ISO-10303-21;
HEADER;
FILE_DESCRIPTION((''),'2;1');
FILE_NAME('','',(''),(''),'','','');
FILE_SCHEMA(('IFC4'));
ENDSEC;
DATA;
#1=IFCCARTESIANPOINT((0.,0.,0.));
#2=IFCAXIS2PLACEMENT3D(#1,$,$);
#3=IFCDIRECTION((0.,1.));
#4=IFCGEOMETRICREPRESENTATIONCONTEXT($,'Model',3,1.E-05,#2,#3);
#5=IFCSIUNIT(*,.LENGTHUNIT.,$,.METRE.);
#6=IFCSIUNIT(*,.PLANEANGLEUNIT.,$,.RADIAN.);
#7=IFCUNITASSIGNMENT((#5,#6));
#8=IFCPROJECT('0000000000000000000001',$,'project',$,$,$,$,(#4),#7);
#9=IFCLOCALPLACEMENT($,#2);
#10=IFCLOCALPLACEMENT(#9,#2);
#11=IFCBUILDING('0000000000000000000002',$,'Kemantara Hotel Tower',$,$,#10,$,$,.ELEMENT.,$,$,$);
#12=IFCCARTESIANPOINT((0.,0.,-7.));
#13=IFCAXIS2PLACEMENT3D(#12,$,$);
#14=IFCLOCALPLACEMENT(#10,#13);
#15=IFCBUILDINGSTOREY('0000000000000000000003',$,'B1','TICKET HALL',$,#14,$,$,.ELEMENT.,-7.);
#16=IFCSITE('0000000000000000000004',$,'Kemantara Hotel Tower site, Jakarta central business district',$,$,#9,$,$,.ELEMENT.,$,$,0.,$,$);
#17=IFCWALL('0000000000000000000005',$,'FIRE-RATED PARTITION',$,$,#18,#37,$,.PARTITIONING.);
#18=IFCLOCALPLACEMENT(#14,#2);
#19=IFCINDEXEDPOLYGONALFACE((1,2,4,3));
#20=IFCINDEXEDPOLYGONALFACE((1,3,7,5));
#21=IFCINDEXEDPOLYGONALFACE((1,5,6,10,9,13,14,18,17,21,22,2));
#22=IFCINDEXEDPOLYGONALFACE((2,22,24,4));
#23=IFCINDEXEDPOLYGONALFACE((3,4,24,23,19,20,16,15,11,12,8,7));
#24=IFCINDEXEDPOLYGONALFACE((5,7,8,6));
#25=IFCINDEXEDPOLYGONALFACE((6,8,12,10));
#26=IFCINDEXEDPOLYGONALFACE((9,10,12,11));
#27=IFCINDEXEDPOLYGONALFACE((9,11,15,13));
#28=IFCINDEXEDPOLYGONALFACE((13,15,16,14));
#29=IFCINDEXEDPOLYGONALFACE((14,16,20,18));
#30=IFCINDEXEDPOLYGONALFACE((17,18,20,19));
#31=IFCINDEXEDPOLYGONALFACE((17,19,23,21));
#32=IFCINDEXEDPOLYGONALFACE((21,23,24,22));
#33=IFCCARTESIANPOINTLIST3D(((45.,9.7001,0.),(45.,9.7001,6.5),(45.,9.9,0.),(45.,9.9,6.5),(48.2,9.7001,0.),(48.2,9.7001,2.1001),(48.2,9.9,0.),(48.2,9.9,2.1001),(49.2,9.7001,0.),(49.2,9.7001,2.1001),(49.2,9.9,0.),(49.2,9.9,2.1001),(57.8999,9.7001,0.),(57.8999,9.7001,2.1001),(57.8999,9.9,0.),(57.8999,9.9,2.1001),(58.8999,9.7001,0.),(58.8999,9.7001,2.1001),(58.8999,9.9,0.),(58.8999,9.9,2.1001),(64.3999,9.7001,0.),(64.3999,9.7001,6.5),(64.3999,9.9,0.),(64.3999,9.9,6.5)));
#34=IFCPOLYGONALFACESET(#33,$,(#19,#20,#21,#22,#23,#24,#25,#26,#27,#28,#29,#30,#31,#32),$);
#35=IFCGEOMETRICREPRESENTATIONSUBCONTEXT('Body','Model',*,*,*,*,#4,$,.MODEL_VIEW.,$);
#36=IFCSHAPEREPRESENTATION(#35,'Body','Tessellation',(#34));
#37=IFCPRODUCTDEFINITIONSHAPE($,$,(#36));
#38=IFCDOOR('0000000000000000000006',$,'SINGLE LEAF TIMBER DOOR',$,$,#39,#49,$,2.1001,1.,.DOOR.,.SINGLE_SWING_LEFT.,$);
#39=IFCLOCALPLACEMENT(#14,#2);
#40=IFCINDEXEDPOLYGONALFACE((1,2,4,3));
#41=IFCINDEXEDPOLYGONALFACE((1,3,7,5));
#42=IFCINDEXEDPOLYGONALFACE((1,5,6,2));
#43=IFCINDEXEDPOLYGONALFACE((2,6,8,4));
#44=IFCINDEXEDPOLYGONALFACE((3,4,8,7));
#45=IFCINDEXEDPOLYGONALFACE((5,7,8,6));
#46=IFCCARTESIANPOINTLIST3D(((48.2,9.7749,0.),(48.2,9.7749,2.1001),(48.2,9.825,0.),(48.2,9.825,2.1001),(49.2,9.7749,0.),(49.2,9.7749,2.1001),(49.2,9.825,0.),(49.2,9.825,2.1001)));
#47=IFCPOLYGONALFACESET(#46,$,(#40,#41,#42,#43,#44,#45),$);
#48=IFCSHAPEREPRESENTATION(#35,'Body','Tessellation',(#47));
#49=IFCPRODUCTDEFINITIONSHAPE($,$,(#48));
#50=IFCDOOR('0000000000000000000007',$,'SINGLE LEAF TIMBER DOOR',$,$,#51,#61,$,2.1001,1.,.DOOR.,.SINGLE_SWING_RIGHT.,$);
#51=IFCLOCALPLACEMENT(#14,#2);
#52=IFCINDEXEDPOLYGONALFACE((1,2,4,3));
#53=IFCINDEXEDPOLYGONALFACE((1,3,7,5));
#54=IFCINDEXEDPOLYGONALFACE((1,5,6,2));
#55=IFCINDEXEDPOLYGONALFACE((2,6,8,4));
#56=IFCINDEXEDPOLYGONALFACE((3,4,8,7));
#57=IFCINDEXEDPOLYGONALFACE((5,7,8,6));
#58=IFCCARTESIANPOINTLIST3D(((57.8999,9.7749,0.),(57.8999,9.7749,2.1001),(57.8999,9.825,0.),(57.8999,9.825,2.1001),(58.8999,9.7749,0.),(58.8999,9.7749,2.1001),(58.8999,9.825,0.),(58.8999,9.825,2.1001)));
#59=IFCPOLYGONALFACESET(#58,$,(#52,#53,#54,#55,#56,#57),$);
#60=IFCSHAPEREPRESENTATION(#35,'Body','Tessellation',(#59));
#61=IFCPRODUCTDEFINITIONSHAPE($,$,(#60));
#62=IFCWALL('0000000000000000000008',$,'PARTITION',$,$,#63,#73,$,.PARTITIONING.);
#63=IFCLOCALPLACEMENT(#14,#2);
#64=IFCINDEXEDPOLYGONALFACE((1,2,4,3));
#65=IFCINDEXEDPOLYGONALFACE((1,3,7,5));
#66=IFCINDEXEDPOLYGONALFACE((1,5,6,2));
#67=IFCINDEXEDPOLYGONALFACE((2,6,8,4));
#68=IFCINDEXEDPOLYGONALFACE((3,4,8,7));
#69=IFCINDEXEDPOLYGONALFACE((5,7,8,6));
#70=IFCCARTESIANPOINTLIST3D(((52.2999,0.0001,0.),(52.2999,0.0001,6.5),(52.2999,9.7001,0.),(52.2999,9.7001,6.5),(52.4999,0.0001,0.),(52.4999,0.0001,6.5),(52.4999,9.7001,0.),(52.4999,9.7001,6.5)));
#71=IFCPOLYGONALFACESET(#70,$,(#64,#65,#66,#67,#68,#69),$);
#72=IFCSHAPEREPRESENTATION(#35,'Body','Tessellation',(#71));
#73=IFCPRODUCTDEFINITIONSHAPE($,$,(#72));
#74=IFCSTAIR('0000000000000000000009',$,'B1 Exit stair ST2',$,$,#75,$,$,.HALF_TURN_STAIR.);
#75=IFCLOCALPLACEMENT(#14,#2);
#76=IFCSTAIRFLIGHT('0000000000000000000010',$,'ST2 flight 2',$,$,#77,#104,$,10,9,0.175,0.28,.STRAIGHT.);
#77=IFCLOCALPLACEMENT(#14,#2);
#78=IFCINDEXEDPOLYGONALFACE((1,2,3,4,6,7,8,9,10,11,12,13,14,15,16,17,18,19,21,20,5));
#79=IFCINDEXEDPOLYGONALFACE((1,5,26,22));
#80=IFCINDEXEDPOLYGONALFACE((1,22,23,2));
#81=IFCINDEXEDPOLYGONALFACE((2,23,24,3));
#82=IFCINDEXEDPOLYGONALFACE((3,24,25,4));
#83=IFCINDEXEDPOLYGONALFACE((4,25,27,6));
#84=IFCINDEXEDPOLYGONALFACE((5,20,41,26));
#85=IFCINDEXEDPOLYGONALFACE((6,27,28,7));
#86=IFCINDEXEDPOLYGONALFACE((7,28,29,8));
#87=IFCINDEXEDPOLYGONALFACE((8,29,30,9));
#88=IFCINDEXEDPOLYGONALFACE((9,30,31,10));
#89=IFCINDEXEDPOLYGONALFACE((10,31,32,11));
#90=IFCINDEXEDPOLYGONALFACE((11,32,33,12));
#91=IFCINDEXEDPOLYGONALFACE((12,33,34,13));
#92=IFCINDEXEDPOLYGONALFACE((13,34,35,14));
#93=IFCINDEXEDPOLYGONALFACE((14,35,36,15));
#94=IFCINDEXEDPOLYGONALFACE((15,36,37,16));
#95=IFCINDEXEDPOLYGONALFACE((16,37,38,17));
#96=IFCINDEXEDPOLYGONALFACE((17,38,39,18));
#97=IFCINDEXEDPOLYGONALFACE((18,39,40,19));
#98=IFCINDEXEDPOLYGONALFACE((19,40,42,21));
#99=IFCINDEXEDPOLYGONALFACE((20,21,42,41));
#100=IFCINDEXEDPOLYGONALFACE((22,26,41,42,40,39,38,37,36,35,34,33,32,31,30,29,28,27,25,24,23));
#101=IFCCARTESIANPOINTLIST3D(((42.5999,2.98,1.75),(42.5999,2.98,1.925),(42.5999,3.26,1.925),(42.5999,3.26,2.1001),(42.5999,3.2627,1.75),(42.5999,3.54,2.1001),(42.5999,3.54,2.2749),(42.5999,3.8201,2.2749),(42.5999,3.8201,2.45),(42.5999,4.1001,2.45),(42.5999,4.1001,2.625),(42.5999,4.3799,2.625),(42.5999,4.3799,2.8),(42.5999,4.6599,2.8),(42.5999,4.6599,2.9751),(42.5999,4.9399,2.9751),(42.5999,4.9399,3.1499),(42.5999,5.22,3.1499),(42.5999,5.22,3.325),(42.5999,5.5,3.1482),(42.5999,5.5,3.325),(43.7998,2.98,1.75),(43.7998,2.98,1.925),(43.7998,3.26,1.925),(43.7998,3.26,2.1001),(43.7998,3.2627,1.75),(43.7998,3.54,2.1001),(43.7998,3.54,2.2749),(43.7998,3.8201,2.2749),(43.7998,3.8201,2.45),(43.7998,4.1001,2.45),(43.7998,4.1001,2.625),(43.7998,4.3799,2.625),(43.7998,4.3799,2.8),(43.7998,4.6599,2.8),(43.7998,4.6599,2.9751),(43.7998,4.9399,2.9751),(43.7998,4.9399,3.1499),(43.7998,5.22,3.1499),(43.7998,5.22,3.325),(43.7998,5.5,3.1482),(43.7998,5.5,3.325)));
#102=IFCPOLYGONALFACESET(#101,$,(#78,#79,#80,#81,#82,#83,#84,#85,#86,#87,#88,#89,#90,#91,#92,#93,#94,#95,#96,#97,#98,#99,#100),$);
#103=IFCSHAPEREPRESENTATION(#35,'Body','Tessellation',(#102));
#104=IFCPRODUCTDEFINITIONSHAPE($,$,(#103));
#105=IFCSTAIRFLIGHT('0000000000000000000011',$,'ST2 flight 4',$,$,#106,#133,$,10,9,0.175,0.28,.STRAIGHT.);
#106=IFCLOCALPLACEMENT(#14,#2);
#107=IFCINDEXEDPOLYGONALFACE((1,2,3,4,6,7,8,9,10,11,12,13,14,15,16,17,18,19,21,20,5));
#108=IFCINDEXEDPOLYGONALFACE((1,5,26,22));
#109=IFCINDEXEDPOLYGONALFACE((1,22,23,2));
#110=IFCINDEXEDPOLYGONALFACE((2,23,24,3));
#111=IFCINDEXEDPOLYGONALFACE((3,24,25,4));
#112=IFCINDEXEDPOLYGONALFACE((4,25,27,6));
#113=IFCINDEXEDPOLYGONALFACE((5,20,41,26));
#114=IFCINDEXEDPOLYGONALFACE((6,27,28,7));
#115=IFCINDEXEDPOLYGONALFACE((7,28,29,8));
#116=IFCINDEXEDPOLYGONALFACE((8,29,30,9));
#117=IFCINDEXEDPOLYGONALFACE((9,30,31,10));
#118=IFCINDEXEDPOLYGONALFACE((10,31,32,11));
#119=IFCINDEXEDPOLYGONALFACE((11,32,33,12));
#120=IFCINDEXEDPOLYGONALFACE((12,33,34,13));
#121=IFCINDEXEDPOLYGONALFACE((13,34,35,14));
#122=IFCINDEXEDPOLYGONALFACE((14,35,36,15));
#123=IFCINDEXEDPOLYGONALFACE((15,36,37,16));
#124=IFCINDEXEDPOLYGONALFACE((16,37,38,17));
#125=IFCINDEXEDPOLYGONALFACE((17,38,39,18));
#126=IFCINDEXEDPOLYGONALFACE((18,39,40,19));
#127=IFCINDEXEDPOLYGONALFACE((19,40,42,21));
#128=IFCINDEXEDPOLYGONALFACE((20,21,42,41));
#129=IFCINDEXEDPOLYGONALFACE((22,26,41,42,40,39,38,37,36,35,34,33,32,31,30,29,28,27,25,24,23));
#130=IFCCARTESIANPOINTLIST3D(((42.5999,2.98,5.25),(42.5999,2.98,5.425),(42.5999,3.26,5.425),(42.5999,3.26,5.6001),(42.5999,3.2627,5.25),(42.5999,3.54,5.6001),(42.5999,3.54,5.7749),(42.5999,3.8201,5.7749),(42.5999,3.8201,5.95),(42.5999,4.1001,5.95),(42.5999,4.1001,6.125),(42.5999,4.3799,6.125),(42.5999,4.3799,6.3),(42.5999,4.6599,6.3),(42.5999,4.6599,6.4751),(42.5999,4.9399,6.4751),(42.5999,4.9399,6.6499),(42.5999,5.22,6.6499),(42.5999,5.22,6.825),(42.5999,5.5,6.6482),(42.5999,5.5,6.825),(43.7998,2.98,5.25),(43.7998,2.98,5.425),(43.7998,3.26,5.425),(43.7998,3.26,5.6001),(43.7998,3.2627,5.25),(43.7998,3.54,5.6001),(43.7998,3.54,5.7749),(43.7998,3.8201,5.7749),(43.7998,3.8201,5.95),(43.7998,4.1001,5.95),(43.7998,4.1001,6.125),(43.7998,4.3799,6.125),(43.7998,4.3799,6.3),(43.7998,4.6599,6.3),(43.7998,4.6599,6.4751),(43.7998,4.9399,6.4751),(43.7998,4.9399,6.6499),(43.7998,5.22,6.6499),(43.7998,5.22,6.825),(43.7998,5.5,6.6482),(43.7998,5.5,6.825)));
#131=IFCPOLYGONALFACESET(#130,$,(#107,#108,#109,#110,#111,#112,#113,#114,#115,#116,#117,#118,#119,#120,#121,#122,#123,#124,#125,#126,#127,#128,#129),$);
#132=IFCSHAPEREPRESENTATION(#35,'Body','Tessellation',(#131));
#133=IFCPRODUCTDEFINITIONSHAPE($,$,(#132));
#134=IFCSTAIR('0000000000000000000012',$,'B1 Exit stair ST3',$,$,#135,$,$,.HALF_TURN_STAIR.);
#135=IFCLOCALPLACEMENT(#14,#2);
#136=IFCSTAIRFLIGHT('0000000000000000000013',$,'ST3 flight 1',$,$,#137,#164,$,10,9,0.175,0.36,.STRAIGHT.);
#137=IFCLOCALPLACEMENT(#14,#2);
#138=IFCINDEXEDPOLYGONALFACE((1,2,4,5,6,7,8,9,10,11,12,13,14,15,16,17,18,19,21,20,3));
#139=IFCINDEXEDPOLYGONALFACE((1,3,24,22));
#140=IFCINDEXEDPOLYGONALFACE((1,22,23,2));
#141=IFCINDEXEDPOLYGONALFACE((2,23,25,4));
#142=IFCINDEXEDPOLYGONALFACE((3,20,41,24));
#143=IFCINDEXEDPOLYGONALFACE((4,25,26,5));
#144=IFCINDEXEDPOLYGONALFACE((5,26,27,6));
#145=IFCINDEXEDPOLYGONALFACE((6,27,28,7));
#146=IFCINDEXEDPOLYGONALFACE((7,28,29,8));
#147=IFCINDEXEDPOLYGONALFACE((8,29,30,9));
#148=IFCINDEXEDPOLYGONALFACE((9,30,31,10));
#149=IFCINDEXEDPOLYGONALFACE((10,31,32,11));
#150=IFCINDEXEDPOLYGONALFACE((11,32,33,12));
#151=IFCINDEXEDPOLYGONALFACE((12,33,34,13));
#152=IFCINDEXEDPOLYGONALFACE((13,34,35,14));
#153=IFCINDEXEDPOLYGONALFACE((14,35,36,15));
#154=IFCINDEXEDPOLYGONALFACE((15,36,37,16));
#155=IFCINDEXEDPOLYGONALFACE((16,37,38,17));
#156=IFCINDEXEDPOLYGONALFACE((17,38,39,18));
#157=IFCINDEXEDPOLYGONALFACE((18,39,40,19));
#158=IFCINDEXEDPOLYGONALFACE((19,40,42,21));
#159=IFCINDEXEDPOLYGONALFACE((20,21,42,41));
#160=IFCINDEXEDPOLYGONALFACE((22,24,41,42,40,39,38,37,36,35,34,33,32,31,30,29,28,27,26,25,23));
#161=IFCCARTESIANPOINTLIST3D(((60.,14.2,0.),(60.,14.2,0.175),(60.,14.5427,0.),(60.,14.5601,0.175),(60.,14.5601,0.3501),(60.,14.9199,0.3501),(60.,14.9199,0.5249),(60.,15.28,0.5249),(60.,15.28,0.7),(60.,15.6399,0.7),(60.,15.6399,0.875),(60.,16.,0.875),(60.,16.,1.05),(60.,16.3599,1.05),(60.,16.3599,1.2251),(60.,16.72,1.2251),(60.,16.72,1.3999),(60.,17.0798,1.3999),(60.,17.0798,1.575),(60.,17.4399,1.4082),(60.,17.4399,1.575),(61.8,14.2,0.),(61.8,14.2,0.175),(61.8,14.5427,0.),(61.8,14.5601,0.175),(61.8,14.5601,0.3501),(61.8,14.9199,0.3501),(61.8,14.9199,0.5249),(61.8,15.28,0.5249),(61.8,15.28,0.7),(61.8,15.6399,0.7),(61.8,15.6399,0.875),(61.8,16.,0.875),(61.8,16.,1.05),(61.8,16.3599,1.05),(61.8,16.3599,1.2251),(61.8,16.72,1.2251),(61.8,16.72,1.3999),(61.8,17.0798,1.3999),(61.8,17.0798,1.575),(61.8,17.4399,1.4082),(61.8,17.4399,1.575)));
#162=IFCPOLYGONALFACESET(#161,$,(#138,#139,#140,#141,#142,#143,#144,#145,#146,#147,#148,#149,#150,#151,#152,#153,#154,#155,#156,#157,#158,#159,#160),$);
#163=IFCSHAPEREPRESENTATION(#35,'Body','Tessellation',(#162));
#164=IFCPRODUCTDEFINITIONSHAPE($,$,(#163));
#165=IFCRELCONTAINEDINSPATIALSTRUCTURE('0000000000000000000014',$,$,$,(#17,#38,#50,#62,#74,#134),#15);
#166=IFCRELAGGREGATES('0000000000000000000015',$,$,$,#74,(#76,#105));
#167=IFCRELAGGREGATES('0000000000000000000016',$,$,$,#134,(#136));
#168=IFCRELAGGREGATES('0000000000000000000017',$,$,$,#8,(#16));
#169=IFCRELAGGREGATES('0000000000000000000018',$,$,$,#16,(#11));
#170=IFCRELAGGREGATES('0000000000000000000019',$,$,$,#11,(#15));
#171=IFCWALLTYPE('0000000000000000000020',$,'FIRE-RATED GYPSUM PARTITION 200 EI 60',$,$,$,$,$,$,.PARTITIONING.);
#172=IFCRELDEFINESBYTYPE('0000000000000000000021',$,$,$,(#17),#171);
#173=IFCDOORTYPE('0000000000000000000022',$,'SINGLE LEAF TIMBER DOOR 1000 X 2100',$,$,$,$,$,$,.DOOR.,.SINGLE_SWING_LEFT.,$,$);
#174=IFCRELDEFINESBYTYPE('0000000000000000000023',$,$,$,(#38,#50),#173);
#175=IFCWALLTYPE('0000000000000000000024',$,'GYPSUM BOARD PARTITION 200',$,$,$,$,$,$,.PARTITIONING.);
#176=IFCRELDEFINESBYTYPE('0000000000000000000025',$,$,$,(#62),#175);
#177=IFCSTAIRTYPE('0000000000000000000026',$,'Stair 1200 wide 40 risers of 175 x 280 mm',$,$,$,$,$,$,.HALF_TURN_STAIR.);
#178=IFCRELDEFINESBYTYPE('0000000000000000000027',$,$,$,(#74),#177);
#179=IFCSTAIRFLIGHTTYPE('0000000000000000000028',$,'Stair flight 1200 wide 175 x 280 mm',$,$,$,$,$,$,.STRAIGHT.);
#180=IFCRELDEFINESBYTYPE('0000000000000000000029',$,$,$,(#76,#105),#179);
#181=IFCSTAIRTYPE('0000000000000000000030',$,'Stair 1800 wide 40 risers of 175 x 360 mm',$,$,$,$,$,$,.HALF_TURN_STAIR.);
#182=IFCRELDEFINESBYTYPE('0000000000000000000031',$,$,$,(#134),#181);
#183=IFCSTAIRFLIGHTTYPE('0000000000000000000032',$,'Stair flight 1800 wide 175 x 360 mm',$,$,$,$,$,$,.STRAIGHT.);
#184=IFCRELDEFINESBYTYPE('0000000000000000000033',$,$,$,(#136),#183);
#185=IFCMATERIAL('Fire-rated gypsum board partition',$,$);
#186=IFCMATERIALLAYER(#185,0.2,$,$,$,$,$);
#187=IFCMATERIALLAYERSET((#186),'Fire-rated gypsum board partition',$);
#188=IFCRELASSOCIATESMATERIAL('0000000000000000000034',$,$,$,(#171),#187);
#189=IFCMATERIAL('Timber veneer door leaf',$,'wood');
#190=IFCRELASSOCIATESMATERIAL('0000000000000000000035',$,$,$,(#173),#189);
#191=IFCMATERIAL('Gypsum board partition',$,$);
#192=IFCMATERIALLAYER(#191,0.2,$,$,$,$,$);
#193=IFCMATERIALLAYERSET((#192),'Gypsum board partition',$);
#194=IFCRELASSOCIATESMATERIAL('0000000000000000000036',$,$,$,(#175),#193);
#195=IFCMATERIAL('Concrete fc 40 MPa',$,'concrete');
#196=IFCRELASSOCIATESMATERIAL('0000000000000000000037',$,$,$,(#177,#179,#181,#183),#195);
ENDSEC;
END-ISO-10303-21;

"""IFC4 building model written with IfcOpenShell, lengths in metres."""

from ifc_helpers import new_model, si_unit, direction, frame, frame_2d, origin, place, context, subcontext, project, spatial, polyline, rectangle, outline, extrude, material, layer, layer_set, type_object, element, fill, aggregate, save


model = new_model("IFC4")

# Units and contexts
model_context = context("Model", 3, precision=1e-05, world=origin(), true_north=direction((0.0, 1.0)))
body_context = subcontext(model_context, "Body", "Model", "MODEL_VIEW")
ifc_project = project(units=[si_unit("LENGTHUNIT", "METRE"), si_unit("PLANEANGLEUNIT", "RADIAN")], contexts=[model_context])

# Site, building, storey
site_placement = place(None, origin())
site = spatial("IfcSite", under=ifc_project, at=site_placement, Name="Kemantara Hotel Tower site, Jakarta central business district", CompositionType="ELEMENT", RefElevation=0.0)
building_placement = place(site_placement, origin())
building = spatial("IfcBuilding", under=site, at=building_placement, Name="Kemantara Hotel Tower", CompositionType="ELEMENT")
storey_placement = place(building_placement, frame((0.0, 0.0, -7.0)))
storey = spatial("IfcBuildingStorey", under=building, at=storey_placement, Name="B1", Description="TICKET HALL", CompositionType="ELEMENT", Elevation=-7.0)

# Shared definitions
ifc_material_1 = material(Name="Concrete fc 40 MPa", Category="concrete")

# Shared definitions
ifc_material_2 = material(Name="Fire-rated gypsum board partition")
ifc_layer_1 = layer(ifc_material_2, 0.2)
ifc_layer_set_1 = layer_set([ifc_layer_1], Name="Fire-rated gypsum board partition")
wall_type_1 = type_object("IfcWallType", Name="FIRE-RATED GYPSUM PARTITION 200 EI 60", PredefinedType="PARTITIONING", material=ifc_layer_set_1)

# Wall, openings, doors
wall_1_placement = place(storey_placement, frame((45.0, 9.8, 0.0), z_axis=(0.0, 0.0, 1.0), x_axis=(1.0, 0.0, 0.0)))
wall_1 = element("IfcWall", 1, at=wall_1_placement, inside=storey, type_object=wall_type_1, Name="FIRE-RATED PARTITION", PredefinedType="PARTITIONING", context=body_context, shape_type="SweptSolid", body=[
    extrude(rectangle(XDim=19.3999, YDim=0.2, at=frame_2d((9.7, 0.0))), origin(), (0.0, 0.0, 1.0), 6.5),
])
opening_1_placement = place(wall_1_placement, frame((3.2, 0.0, 0.0)))
opening_1 = element("IfcOpeningElement", 2, at=opening_1_placement, cuts=wall_1, PredefinedType="OPENING", context=body_context, shape_type="SweptSolid", body=[
    extrude(rectangle(XDim=1.0, YDim=2.1001, at=frame_2d((0.5, 1.05))), frame((0.0, 0.1099, 0.0), z_axis=(0.0, -1.0, 0.0), x_axis=(1.0, 0.0, 0.0)), (0.0, 0.0, 1.0), 0.22),
])
opening_2_placement = place(wall_1_placement, frame((12.8999, 0.0, 0.0)))
opening_2 = element("IfcOpeningElement", 3, at=opening_2_placement, cuts=wall_1, PredefinedType="OPENING", context=body_context, shape_type="SweptSolid", body=[
    extrude(rectangle(XDim=1.0, YDim=2.1001, at=frame_2d((0.5, 1.05))), frame((0.0, 0.1099, 0.0), z_axis=(0.0, -1.0, 0.0), x_axis=(1.0, 0.0, 0.0)), (0.0, 0.0, 1.0), 0.22),
])
ifc_material_3 = material(Name="Timber veneer door leaf", Category="wood")
door_type_1 = type_object("IfcDoorType", Name="SINGLE LEAF TIMBER DOOR 1000 X 2100", OperationType="SINGLE_SWING_LEFT", PredefinedType="DOOR", material=ifc_material_3)
door_1_placement = place(opening_1_placement, origin())
door_1 = element("IfcDoor", 4, at=door_1_placement, inside=storey, type_object=door_type_1, Name="SINGLE LEAF TIMBER DOOR", OperationType="SINGLE_SWING_LEFT", OverallHeight=2.1001, OverallWidth=1.0, PredefinedType="DOOR", context=body_context, shape_type="SweptSolid", body=[
    extrude(rectangle(XDim=1.0, YDim=2.1001, at=frame_2d((0.5, 1.05))), frame((0.0, 0.0249, 0.0), z_axis=(0.0, -1.0, 0.0), x_axis=(1.0, 0.0, 0.0)), (0.0, 0.0, 1.0), 0.05),
])
fill(opening_1, door_1)
door_2_placement = place(opening_2_placement, origin())
door_2 = element("IfcDoor", 5, at=door_2_placement, inside=storey, type_object=door_type_1, Name="SINGLE LEAF TIMBER DOOR", OperationType="SINGLE_SWING_RIGHT", OverallHeight=2.1001, OverallWidth=1.0, PredefinedType="DOOR", context=body_context, shape_type="SweptSolid", body=[
    extrude(rectangle(XDim=1.0, YDim=2.1001, at=frame_2d((0.5, 1.05))), frame((0.0, 0.0249, 0.0), z_axis=(0.0, -1.0, 0.0), x_axis=(1.0, 0.0, 0.0)), (0.0, 0.0, 1.0), 0.05),
])
fill(opening_2, door_2)

# Wall
ifc_material_4 = material(Name="Gypsum board partition")
ifc_layer_2 = layer(ifc_material_4, 0.2)
ifc_layer_set_2 = layer_set([ifc_layer_2], Name="Gypsum board partition")
wall_type_2 = type_object("IfcWallType", Name="GYPSUM BOARD PARTITION 200", PredefinedType="PARTITIONING", material=ifc_layer_set_2)
wall_2_placement = place(storey_placement, frame((52.3999, 0.0, 0.0), z_axis=(0.0, 0.0, 1.0), x_axis=(0.0, 1.0, 0.0)))
element("IfcWall", 6, at=wall_2_placement, inside=storey, type_object=wall_type_2, Name="PARTITION", PredefinedType="PARTITIONING", context=body_context, shape_type="SweptSolid", body=[
    extrude(rectangle(XDim=9.7, YDim=0.2, at=frame_2d((4.8501, 0.0))), origin(), (0.0, 0.0, 1.0), 6.5),
])

# Stairs, stair flights
stair_type_1 = type_object("IfcStairType", Name="Stair 1200 wide 40 risers of 175 x 280 mm", PredefinedType="HALF_TURN_STAIR", material=ifc_material_1)
stair_1_placement = place(storey_placement, origin())
stair_1 = element("IfcStair", 7, at=stair_1_placement, inside=storey, type_object=stair_type_1, Name="B1 Exit stair ST2", PredefinedType="HALF_TURN_STAIR")
stair_flight_type_1 = type_object("IfcStairFlightType", Name="Stair flight 1200 wide 175 x 280 mm", PredefinedType="STRAIGHT", material=ifc_material_1)
stair_flight_1_placement = place(storey_placement, frame((43.2, 2.98, 1.75), z_axis=(0.0, 0.0, 1.0), x_axis=(0.0, 1.0, 0.0)))
stair_flight_1 = element("IfcStairFlight", 8, at=stair_flight_1_placement, type_object=stair_flight_type_1, Name="ST2 flight 2", NumberOfRisers=10, NumberOfTreads=9, PredefinedType="STRAIGHT", RiserHeight=0.175, TreadLength=0.28, context=body_context, shape_type="SweptSolid", body=[
    extrude(outline(polyline([(0.0, 0.0), (0.0, 0.175), (0.28, 0.175), (0.28, 0.3501), (0.5601, 0.3501), (0.5601, 0.5249), (0.8401, 0.5249), (0.8401, 0.7), (1.1201, 0.7), (1.1201, 0.875), (1.3999, 0.875), (1.3999, 1.05), (1.6799, 1.05), (1.6799, 1.2251), (1.96, 1.2251), (1.96, 1.3999), (2.24, 1.3999), (2.24, 1.575), (2.52, 1.575), (2.52, 1.75), (2.52, 1.3982), (0.2827, 0.0), (0.0, 0.0)])), frame((0.0, 0.6001, 0.0), z_axis=(0.0, -1.0, 0.0), x_axis=(1.0, 0.0, 0.0)), (0.0, 0.0, 1.0), 1.2),
])
stair_flight_2_placement = place(storey_placement, frame((43.2, 2.98, 5.25), z_axis=(0.0, 0.0, 1.0), x_axis=(0.0, 1.0, 0.0)))
stair_flight_2 = element("IfcStairFlight", 9, at=stair_flight_2_placement, type_object=stair_flight_type_1, Name="ST2 flight 4", NumberOfRisers=10, NumberOfTreads=9, PredefinedType="STRAIGHT", RiserHeight=0.175, TreadLength=0.28, context=body_context, shape_type="SweptSolid", body=[
    extrude(outline(polyline([(0.0, 0.0), (0.0, 0.175), (0.28, 0.175), (0.28, 0.3501), (0.5601, 0.3501), (0.5601, 0.5249), (0.8401, 0.5249), (0.8401, 0.7), (1.1201, 0.7), (1.1201, 0.875), (1.3999, 0.875), (1.3999, 1.05), (1.6799, 1.05), (1.6799, 1.2251), (1.96, 1.2251), (1.96, 1.3999), (2.24, 1.3999), (2.24, 1.575), (2.52, 1.575), (2.52, 1.75), (2.52, 1.3982), (0.2827, 0.0), (0.0, 0.0)])), frame((0.0, 0.6001, 0.0), z_axis=(0.0, -1.0, 0.0), x_axis=(1.0, 0.0, 0.0)), (0.0, 0.0, 1.0), 1.2),
])
aggregate(stair_1, [stair_flight_1, stair_flight_2])
stair_type_2 = type_object("IfcStairType", Name="Stair 1800 wide 40 risers of 175 x 360 mm", PredefinedType="HALF_TURN_STAIR", material=ifc_material_1)
stair_2_placement = place(storey_placement, origin())
stair_2 = element("IfcStair", 10, at=stair_2_placement, inside=storey, type_object=stair_type_2, Name="B1 Exit stair ST3", PredefinedType="HALF_TURN_STAIR")
stair_flight_type_2 = type_object("IfcStairFlightType", Name="Stair flight 1800 wide 175 x 360 mm", PredefinedType="STRAIGHT", material=ifc_material_1)
stair_flight_3_placement = place(storey_placement, frame((60.8999, 14.2, 0.0), z_axis=(0.0, 0.0, 1.0), x_axis=(0.0, 1.0, 0.0)))
stair_flight_3 = element("IfcStairFlight", 11, at=stair_flight_3_placement, type_object=stair_flight_type_2, Name="ST3 flight 1", NumberOfRisers=10, NumberOfTreads=9, PredefinedType="STRAIGHT", RiserHeight=0.175, TreadLength=0.36, context=body_context, shape_type="SweptSolid", body=[
    extrude(outline(polyline([(0.0, 0.0), (0.0, 0.175), (0.3601, 0.175), (0.3601, 0.3501), (0.72, 0.3501), (0.72, 0.5249), (1.0801, 0.5249), (1.0801, 0.7), (1.4399, 0.7), (1.4399, 0.875), (1.8, 0.875), (1.8, 1.05), (2.1599, 1.05), (2.1599, 1.2251), (2.52, 1.2251), (2.52, 1.3999), (2.8799, 1.3999), (2.8799, 1.575), (3.24, 1.575), (3.24, 1.75), (3.24, 1.4082), (0.3428, 0.0), (0.0, 0.0)])), frame((0.0, 0.8999, 0.0), z_axis=(0.0, -1.0, 0.0), x_axis=(1.0, 0.0, 0.0)), (0.0, 0.0, 1.0), 1.8),
])
aggregate(stair_2, [stair_flight_3])

save(model, "model.ifc")
